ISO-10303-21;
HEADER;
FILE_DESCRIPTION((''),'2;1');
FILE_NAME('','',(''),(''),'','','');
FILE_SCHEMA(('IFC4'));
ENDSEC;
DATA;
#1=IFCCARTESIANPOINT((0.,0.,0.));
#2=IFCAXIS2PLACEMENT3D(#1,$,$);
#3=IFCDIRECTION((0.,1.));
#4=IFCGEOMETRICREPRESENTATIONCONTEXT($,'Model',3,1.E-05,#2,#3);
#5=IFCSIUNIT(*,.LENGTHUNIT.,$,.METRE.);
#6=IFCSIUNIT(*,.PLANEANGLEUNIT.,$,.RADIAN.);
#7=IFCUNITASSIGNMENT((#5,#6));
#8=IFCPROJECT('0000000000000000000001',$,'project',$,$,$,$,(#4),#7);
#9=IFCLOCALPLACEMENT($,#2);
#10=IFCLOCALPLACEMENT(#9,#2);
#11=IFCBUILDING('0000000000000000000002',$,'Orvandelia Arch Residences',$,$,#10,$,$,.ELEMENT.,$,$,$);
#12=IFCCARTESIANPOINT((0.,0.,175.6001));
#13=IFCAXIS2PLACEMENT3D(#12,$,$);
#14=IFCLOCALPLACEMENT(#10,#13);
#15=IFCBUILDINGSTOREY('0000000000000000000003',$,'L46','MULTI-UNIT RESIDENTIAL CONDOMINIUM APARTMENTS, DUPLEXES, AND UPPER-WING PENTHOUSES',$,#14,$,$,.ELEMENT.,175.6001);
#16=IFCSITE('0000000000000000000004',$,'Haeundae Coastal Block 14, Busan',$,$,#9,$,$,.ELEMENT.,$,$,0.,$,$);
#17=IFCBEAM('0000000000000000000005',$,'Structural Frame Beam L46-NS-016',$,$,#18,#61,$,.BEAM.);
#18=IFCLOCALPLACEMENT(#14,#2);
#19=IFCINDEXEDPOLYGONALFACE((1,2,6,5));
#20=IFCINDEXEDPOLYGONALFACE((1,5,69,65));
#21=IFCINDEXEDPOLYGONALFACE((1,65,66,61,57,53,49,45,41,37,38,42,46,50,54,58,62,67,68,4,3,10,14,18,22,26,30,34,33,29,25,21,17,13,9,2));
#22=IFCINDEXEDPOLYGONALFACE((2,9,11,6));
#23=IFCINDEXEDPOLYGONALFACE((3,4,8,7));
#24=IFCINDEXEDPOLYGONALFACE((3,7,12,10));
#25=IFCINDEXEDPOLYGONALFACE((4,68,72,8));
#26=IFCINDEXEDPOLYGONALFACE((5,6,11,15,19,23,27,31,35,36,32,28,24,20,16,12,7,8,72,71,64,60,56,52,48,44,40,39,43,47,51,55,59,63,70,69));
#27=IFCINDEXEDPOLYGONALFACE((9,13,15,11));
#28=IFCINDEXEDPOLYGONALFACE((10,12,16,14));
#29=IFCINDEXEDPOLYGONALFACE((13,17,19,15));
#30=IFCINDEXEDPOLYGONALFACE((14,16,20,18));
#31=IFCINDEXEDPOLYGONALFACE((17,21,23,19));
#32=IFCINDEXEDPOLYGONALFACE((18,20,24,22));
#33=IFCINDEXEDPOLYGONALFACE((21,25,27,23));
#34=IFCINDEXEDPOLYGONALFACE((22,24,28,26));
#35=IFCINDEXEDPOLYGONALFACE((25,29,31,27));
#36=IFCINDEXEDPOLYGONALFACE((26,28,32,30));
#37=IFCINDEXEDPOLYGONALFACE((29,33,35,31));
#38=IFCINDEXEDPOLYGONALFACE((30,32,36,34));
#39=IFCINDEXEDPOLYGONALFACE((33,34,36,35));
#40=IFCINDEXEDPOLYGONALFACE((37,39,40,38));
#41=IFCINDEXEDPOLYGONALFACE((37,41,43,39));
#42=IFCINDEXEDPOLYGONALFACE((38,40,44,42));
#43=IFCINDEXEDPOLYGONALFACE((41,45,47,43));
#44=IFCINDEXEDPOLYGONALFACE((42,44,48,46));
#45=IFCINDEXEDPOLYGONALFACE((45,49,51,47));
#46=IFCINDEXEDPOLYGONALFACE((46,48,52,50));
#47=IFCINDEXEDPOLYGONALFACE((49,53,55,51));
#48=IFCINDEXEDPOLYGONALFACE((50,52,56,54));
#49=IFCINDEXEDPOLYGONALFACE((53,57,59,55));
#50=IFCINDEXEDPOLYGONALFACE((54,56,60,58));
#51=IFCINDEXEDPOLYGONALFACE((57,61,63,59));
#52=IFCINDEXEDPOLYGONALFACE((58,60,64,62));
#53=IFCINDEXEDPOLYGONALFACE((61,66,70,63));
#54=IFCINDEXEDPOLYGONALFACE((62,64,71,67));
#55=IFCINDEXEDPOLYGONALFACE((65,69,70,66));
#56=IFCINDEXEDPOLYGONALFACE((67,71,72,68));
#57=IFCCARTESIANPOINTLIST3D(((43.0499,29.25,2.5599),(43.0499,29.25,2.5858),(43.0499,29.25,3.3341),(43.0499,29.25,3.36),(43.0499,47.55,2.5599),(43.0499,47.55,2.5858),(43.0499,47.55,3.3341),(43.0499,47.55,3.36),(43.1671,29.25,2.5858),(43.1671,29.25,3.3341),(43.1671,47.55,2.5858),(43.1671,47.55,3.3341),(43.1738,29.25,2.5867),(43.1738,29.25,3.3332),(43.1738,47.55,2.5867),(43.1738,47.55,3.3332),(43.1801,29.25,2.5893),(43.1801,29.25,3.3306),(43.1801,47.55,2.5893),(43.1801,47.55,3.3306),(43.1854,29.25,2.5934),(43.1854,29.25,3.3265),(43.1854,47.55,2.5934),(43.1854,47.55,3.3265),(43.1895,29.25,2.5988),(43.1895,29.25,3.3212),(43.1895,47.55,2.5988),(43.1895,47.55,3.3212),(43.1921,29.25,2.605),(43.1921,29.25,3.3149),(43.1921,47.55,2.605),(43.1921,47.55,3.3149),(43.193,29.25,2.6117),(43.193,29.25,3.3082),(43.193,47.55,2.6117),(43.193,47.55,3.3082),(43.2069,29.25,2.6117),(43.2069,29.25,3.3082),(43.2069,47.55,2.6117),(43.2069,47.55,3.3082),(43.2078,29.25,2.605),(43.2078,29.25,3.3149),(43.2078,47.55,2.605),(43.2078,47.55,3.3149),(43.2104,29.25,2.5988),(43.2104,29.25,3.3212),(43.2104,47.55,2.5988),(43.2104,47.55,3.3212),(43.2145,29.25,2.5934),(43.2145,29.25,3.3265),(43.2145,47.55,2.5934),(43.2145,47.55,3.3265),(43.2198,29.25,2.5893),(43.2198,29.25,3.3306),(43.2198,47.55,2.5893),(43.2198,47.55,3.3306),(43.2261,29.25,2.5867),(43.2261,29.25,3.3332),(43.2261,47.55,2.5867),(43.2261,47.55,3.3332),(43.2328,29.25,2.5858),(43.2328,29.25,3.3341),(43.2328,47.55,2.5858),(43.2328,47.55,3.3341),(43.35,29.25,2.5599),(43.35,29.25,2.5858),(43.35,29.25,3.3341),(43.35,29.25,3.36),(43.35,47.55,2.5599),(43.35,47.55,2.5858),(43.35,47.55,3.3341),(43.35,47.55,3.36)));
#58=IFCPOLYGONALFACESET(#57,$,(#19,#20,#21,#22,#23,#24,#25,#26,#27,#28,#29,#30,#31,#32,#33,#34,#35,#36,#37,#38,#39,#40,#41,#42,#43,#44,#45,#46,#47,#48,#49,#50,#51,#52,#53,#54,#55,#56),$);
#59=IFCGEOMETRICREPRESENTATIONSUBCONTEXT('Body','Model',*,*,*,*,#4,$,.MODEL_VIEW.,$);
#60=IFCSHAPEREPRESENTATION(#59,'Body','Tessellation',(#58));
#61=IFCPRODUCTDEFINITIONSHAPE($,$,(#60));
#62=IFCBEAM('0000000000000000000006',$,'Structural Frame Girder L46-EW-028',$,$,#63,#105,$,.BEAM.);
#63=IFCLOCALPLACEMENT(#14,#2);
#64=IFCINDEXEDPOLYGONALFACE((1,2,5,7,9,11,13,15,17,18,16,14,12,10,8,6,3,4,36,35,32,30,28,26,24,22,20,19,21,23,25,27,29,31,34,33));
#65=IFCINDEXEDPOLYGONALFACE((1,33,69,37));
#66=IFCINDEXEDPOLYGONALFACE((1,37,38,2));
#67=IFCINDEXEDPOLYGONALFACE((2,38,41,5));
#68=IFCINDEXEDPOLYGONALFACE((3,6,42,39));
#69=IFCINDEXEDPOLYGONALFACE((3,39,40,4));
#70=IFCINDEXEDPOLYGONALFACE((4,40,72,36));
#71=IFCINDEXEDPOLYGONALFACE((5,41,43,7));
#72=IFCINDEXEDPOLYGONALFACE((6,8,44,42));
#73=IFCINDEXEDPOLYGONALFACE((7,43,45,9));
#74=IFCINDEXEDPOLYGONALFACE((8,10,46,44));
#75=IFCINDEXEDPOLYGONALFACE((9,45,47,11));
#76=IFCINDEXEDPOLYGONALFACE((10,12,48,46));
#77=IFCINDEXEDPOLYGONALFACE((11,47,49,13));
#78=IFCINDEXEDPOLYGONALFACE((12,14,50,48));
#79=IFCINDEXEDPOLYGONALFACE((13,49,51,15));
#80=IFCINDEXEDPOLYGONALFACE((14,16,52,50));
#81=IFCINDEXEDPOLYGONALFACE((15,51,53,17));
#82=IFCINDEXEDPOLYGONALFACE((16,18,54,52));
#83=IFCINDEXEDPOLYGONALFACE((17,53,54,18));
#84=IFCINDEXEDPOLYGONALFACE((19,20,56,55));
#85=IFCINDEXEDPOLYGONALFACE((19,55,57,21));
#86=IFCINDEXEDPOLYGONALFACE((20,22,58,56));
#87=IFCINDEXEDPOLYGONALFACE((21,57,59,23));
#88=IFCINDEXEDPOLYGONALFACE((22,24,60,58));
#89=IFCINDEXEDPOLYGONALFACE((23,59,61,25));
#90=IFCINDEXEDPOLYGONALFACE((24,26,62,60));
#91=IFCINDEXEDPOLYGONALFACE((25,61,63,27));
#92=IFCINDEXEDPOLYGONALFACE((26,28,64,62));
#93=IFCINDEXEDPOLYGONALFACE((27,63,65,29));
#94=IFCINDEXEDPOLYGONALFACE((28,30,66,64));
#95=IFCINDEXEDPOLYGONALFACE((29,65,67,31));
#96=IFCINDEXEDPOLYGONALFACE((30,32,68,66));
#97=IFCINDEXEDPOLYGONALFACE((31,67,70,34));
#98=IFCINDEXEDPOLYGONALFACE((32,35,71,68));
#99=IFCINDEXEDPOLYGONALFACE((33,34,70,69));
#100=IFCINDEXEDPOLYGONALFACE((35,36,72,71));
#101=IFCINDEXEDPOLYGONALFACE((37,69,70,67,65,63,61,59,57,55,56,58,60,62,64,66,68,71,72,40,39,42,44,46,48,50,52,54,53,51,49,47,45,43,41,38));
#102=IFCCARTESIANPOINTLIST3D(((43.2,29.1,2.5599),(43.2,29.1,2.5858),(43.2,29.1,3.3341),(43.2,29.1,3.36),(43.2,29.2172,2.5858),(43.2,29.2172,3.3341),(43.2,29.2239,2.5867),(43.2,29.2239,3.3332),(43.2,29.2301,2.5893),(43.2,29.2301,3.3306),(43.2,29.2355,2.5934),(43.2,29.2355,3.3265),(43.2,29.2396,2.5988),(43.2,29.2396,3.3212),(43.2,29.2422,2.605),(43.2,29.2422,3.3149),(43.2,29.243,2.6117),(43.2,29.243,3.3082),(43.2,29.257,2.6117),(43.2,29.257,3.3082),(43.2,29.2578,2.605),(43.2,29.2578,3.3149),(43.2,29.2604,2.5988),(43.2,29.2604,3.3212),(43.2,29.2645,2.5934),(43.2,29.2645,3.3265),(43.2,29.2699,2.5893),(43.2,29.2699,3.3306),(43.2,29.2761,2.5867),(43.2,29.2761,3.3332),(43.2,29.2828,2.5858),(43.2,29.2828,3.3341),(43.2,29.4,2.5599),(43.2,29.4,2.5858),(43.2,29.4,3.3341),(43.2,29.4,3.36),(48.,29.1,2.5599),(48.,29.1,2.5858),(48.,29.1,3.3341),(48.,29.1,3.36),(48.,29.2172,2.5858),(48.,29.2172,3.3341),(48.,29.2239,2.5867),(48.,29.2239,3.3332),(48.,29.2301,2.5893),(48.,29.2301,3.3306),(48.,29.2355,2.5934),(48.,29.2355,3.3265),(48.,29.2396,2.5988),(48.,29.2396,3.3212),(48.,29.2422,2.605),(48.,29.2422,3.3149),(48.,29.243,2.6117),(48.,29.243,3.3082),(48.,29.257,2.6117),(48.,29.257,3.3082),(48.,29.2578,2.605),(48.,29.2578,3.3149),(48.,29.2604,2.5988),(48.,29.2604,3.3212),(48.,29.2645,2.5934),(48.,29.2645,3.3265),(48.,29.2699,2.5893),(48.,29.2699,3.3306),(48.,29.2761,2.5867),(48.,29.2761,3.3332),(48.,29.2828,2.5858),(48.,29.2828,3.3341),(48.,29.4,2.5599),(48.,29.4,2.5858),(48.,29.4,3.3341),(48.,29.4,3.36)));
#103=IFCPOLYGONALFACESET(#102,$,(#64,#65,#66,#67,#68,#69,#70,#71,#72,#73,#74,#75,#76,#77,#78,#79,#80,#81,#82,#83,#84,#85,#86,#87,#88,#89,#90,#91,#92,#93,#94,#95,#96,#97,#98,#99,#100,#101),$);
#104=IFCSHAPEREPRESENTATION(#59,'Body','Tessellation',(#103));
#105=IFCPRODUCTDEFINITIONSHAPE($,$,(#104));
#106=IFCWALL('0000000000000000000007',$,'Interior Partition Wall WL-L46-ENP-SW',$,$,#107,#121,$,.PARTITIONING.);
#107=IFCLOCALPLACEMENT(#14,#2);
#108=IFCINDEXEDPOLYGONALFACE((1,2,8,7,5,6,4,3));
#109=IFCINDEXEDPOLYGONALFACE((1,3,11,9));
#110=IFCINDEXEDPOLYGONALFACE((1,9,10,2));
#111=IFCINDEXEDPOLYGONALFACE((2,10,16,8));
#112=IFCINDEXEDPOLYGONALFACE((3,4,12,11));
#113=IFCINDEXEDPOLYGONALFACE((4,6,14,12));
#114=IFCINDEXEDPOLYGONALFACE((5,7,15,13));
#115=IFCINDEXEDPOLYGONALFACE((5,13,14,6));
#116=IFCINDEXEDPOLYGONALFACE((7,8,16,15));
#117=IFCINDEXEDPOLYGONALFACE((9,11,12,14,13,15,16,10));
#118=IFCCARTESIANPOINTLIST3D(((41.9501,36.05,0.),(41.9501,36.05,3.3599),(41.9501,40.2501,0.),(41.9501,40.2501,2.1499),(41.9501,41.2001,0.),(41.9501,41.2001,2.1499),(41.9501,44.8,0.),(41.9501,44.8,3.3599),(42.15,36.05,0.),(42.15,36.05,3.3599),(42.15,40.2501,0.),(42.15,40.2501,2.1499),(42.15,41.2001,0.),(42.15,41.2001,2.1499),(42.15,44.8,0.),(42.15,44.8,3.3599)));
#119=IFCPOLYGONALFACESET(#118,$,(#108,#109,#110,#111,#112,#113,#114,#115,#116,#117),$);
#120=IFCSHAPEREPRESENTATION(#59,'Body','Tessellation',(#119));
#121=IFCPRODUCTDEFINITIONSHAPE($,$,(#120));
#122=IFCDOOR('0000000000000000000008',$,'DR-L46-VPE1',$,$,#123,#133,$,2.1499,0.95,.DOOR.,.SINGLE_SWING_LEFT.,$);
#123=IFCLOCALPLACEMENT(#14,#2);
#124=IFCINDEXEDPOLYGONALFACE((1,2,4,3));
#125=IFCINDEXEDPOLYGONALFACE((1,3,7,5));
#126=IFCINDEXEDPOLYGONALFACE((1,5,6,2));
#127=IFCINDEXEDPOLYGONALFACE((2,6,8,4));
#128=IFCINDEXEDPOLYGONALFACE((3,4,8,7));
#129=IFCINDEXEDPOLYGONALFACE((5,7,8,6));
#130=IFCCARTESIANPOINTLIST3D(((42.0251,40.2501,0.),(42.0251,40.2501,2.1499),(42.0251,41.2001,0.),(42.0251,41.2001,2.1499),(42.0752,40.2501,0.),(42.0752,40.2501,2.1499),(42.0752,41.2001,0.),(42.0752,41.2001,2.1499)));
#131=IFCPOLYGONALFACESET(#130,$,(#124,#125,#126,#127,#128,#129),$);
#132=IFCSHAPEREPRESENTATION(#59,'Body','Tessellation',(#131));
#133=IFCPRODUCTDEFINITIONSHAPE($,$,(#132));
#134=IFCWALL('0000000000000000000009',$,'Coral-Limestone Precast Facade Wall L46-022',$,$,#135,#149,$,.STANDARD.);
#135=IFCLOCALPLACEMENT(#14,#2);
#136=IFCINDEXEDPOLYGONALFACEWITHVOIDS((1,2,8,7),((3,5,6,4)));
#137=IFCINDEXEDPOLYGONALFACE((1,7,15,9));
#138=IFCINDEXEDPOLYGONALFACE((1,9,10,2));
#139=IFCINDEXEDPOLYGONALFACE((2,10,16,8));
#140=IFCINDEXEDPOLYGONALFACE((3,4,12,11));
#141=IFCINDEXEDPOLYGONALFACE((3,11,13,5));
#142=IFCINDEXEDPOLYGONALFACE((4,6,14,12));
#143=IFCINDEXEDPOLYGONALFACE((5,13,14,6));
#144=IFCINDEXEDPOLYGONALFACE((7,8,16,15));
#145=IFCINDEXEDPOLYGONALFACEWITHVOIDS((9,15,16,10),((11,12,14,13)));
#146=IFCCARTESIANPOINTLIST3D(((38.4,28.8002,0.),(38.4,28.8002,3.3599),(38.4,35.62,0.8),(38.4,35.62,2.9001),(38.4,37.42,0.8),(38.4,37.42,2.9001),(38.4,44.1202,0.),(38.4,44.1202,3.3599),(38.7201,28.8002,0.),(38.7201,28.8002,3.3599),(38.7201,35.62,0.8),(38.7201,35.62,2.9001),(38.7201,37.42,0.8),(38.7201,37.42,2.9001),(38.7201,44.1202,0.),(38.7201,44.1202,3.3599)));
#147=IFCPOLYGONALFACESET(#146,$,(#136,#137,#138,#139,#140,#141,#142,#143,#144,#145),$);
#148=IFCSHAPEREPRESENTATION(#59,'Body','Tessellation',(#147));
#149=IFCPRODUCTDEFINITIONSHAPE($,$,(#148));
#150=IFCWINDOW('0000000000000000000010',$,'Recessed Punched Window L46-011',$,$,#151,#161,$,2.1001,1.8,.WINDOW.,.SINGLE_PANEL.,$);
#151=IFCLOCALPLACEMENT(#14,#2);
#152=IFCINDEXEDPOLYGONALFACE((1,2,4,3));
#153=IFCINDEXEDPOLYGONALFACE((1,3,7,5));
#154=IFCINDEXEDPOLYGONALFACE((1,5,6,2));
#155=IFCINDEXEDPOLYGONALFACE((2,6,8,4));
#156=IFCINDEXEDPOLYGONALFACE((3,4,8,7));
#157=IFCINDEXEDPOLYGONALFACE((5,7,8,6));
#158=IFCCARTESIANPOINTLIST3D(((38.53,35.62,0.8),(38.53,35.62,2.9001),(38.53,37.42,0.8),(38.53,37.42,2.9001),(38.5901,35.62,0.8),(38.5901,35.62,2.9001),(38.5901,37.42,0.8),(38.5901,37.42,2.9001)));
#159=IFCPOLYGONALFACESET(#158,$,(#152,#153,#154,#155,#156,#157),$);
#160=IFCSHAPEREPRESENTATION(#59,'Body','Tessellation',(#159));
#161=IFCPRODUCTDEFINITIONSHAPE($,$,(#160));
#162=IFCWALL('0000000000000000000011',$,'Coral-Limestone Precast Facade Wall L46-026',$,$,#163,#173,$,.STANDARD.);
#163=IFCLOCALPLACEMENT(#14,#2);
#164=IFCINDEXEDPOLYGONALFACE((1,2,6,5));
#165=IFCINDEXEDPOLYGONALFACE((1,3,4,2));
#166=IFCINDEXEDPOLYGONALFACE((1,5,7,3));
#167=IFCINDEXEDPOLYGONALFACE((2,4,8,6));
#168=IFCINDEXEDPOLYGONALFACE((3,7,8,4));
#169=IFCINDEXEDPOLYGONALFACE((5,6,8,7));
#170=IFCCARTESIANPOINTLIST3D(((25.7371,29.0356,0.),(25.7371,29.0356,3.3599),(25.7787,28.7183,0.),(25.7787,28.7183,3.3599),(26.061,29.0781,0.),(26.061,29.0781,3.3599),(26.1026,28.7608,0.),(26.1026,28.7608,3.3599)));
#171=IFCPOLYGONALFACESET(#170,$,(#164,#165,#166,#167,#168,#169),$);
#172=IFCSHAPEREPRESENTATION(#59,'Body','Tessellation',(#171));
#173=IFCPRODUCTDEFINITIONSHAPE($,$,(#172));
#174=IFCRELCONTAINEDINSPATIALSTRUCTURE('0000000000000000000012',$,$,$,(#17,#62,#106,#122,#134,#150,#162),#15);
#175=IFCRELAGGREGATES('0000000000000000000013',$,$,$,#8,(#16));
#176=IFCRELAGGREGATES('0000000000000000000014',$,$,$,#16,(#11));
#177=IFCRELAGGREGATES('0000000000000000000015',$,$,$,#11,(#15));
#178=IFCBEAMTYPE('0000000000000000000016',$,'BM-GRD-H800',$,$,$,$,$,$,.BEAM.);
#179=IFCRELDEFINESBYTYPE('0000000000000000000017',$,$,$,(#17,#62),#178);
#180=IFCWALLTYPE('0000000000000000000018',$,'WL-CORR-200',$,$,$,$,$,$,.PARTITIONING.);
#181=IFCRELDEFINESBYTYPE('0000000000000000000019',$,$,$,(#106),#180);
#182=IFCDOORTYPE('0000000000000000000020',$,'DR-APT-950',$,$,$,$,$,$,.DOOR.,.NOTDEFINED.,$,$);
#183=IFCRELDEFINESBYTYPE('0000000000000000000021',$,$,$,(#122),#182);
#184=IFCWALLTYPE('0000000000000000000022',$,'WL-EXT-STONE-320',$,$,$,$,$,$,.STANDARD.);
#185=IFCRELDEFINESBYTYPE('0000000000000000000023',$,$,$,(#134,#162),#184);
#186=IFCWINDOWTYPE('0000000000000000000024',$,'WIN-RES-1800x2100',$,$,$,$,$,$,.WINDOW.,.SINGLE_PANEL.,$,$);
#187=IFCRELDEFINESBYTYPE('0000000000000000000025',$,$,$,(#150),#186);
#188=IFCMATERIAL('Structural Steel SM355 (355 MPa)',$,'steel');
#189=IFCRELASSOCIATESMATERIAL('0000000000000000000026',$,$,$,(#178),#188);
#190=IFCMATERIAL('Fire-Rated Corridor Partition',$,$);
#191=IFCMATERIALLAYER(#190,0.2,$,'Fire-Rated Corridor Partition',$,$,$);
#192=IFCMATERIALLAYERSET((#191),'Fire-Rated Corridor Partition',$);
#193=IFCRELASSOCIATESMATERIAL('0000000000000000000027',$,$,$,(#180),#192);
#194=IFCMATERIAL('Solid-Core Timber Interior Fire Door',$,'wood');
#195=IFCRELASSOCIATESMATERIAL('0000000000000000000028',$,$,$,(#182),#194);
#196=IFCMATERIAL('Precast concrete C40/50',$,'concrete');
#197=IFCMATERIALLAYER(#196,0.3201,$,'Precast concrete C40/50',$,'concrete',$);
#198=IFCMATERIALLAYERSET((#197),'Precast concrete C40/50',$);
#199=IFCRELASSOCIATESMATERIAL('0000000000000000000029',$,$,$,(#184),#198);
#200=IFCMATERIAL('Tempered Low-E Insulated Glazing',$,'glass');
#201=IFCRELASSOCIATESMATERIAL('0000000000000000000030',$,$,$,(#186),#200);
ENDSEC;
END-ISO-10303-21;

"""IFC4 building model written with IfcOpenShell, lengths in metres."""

from ifc_helpers import new_model, si_unit, direction, frame, frame_2d, origin, origin_2d, place, context, subcontext, project, spatial, rectangle, i_section, extrude, material, layer, layer_set, material_profile, profile_set, type_object, element, fill, save


model = new_model("IFC4")

# Units and contexts
model_context = context("Model", 3, precision=1e-05, world=origin(), true_north=direction((0.0, 1.0)))
body_context = subcontext(model_context, "Body", "Model", "MODEL_VIEW")
ifc_project = project(units=[si_unit("LENGTHUNIT", "METRE"), si_unit("PLANEANGLEUNIT", "RADIAN")], contexts=[model_context])

# Site, building, storey
site_placement = place(None, origin())
site = spatial("IfcSite", under=ifc_project, at=site_placement, Name="Haeundae Coastal Block 14, Busan", CompositionType="ELEMENT", RefElevation=0.0)
building_placement = place(site_placement, origin())
building = spatial("IfcBuilding", under=site, at=building_placement, Name="Orvandelia Arch Residences", CompositionType="ELEMENT")
storey_placement = place(building_placement, frame((0.0, 0.0, 175.6001)))
storey = spatial("IfcBuildingStorey", under=building, at=storey_placement, Name="L46", Description="MULTI-UNIT RESIDENTIAL CONDOMINIUM APARTMENTS, DUPLEXES, AND UPPER-WING PENTHOUSES", CompositionType="ELEMENT", Elevation=175.6001)

# Beams
ifc_material_1 = material(Name="Structural Steel SM355 (355 MPa)", Category="steel")
ifc_material_profile_1 = material_profile(ifc_material_1, i_section(OverallWidth=0.3, OverallDepth=0.8, WebThickness=0.0139, FlangeThickness=0.0259, FilletRadius=0.0259, at=origin_2d()), Name="Structural Steel SM355 (355 MPa)", Category="steel")
ifc_profile_set_1 = profile_set([ifc_material_profile_1], Name="Structural Steel SM355 (355 MPa)")
beam_type = type_object("IfcBeamType", Name="BM-GRD-H800", PredefinedType="BEAM", material=ifc_profile_set_1)
beam_1_placement = place(storey_placement, frame((43.2, 29.25, 2.96), z_axis=(0.0, 1.0, 0.0), x_axis=(-1.0, 0.0, 0.0)))
element("IfcBeam", 1, at=beam_1_placement, inside=storey, type_object=beam_type, Name="Structural Frame Beam L46-NS-016", PredefinedType="BEAM", context=body_context, shape_type="SweptSolid", body=[
    extrude(i_section(OverallWidth=0.3, OverallDepth=0.8, WebThickness=0.0139, FlangeThickness=0.0259, FilletRadius=0.0259, at=origin_2d()), origin(), (0.0, 0.0, 1.0), 18.3),
])
beam_2_placement = place(storey_placement, frame((43.2, 29.25, 2.96), z_axis=(1.0, 0.0, 0.0), x_axis=(0.0, 1.0, 0.0)))
element("IfcBeam", 2, at=beam_2_placement, inside=storey, type_object=beam_type, Name="Structural Frame Girder L46-EW-028", PredefinedType="BEAM", context=body_context, shape_type="SweptSolid", body=[
    extrude(i_section(OverallWidth=0.3, OverallDepth=0.8, WebThickness=0.0139, FlangeThickness=0.0259, FilletRadius=0.0259, at=origin_2d()), origin(), (0.0, 0.0, 1.0), 4.8),
])

# Wall, opening, door
ifc_material_2 = material(Name="Fire-Rated Corridor Partition")
ifc_layer_1 = layer(ifc_material_2, 0.2, Name="Fire-Rated Corridor Partition")
ifc_layer_set_1 = layer_set([ifc_layer_1], Name="Fire-Rated Corridor Partition")
wall_type_1 = type_object("IfcWallType", Name="WL-CORR-200", PredefinedType="PARTITIONING", material=ifc_layer_set_1)
wall_1_placement = place(storey_placement, frame((42.05, 36.05, 0.0), z_axis=(0.0, 0.0, 1.0), x_axis=(0.0, 1.0, 0.0)))
wall_1 = element("IfcWall", 3, at=wall_1_placement, inside=storey, type_object=wall_type_1, Name="Interior Partition Wall WL-L46-ENP-SW", PredefinedType="PARTITIONING", context=body_context, shape_type="SweptSolid", body=[
    extrude(rectangle(XDim=8.75, YDim=0.2, at=frame_2d((4.375, 0.0))), origin(), (0.0, 0.0, 1.0), 3.3599),
])
opening_1_placement = place(wall_1_placement, frame((4.2, 0.0, 0.0)))
opening_1 = element("IfcOpeningElement", 4, at=opening_1_placement, cuts=wall_1, PredefinedType="OPENING", context=body_context, shape_type="SweptSolid", body=[
    extrude(rectangle(XDim=0.95, YDim=2.1499, at=frame_2d((0.4751, 1.075))), frame((0.0, 0.1099, 0.0), z_axis=(0.0, -1.0, 0.0), x_axis=(1.0, 0.0, 0.0)), (0.0, 0.0, 1.0), 0.22),
])
ifc_material_3 = material(Name="Solid-Core Timber Interior Fire Door", Category="wood")
door_type_1 = type_object("IfcDoorType", Name="DR-APT-950", OperationType="NOTDEFINED", PredefinedType="DOOR", material=ifc_material_3)
door_1_placement = place(opening_1_placement, origin())
door_1 = element("IfcDoor", 5, at=door_1_placement, inside=storey, type_object=door_type_1, Name="DR-L46-VPE1", OperationType="SINGLE_SWING_LEFT", OverallHeight=2.1499, OverallWidth=0.95, PredefinedType="DOOR", context=body_context, shape_type="SweptSolid", body=[
    extrude(rectangle(XDim=0.95, YDim=2.1499, at=frame_2d((0.4751, 1.075))), frame((0.0, 0.0249, 0.0), z_axis=(0.0, -1.0, 0.0), x_axis=(1.0, 0.0, 0.0)), (0.0, 0.0, 1.0), 0.05),
])
fill(opening_1, door_1)

# Wall, opening, window
ifc_material_4 = material(Name="Precast concrete C40/50", Category="concrete")
ifc_layer_2 = layer(ifc_material_4, 0.3201, Name="Precast concrete C40/50", Category="concrete")
ifc_layer_set_2 = layer_set([ifc_layer_2], Name="Precast concrete C40/50")
wall_type_2 = type_object("IfcWallType", Name="WL-EXT-STONE-320", PredefinedType="STANDARD", material=ifc_layer_set_2)
wall_2_placement = place(storey_placement, frame((38.5601, 28.8, 0.0), z_axis=(0.0, 0.0, 1.0), x_axis=(0.0, 1.0, 0.0)))
wall_2 = element("IfcWall", 6, at=wall_2_placement, inside=storey, type_object=wall_type_2, Name="Coral-Limestone Precast Facade Wall L46-022", PredefinedType="STANDARD", context=body_context, shape_type="SweptSolid", body=[
    extrude(rectangle(XDim=15.3201, YDim=0.3201, at=frame_2d((7.6602, 0.0))), origin(), (0.0, 0.0, 1.0), 3.3599),
])
opening_2_placement = place(wall_2_placement, frame((6.8201, 0.0, 0.8)))
opening_2 = element("IfcOpeningElement", 7, at=opening_2_placement, cuts=wall_2, PredefinedType="OPENING", context=body_context, shape_type="SweptSolid", body=[
    extrude(rectangle(XDim=1.8, YDim=2.1001, at=frame_2d((0.8999, 1.05))), frame((0.0, 0.1699, 0.0), z_axis=(0.0, -1.0, 0.0), x_axis=(1.0, 0.0, 0.0)), (0.0, 0.0, 1.0), 0.3401),
])
ifc_material_5 = material(Name="Tempered Low-E Insulated Glazing", Category="glass")
window_type = type_object("IfcWindowType", Name="WIN-RES-1800x2100", PartitioningType="SINGLE_PANEL", PredefinedType="WINDOW", material=ifc_material_5)
window_placement = place(opening_2_placement, origin())
window = element("IfcWindow", 8, at=window_placement, inside=storey, type_object=window_type, Name="Recessed Punched Window L46-011", OverallHeight=2.1001, OverallWidth=1.8, PartitioningType="SINGLE_PANEL", PredefinedType="WINDOW", context=body_context, shape_type="SweptSolid", body=[
    extrude(rectangle(XDim=1.8, YDim=2.1001, at=frame_2d((0.8999, 1.05))), frame((0.0, 0.03, 0.0), z_axis=(0.0, -1.0, 0.0), x_axis=(1.0, 0.0, 0.0)), (0.0, 0.0, 1.0), 0.0601),
])
fill(opening_2, window)

# Wall
wall_3_placement = place(storey_placement, frame((26.0818, 28.9194, 0.0), z_axis=(0.0, 0.0, 1.0), x_axis=(-0.991513, -0.13001, 0.0)))
element("IfcWall", 9, at=wall_3_placement, inside=storey, type_object=wall_type_2, Name="Coral-Limestone Precast Facade Wall L46-026", PredefinedType="STANDARD", context=body_context, shape_type="SweptSolid", body=[
    extrude(rectangle(XDim=0.3267, YDim=0.3201, at=frame_2d((0.1633, 0.0))), origin(), (0.0, 0.0, 1.0), 3.3599),
])

save(model, "model.ifc")
